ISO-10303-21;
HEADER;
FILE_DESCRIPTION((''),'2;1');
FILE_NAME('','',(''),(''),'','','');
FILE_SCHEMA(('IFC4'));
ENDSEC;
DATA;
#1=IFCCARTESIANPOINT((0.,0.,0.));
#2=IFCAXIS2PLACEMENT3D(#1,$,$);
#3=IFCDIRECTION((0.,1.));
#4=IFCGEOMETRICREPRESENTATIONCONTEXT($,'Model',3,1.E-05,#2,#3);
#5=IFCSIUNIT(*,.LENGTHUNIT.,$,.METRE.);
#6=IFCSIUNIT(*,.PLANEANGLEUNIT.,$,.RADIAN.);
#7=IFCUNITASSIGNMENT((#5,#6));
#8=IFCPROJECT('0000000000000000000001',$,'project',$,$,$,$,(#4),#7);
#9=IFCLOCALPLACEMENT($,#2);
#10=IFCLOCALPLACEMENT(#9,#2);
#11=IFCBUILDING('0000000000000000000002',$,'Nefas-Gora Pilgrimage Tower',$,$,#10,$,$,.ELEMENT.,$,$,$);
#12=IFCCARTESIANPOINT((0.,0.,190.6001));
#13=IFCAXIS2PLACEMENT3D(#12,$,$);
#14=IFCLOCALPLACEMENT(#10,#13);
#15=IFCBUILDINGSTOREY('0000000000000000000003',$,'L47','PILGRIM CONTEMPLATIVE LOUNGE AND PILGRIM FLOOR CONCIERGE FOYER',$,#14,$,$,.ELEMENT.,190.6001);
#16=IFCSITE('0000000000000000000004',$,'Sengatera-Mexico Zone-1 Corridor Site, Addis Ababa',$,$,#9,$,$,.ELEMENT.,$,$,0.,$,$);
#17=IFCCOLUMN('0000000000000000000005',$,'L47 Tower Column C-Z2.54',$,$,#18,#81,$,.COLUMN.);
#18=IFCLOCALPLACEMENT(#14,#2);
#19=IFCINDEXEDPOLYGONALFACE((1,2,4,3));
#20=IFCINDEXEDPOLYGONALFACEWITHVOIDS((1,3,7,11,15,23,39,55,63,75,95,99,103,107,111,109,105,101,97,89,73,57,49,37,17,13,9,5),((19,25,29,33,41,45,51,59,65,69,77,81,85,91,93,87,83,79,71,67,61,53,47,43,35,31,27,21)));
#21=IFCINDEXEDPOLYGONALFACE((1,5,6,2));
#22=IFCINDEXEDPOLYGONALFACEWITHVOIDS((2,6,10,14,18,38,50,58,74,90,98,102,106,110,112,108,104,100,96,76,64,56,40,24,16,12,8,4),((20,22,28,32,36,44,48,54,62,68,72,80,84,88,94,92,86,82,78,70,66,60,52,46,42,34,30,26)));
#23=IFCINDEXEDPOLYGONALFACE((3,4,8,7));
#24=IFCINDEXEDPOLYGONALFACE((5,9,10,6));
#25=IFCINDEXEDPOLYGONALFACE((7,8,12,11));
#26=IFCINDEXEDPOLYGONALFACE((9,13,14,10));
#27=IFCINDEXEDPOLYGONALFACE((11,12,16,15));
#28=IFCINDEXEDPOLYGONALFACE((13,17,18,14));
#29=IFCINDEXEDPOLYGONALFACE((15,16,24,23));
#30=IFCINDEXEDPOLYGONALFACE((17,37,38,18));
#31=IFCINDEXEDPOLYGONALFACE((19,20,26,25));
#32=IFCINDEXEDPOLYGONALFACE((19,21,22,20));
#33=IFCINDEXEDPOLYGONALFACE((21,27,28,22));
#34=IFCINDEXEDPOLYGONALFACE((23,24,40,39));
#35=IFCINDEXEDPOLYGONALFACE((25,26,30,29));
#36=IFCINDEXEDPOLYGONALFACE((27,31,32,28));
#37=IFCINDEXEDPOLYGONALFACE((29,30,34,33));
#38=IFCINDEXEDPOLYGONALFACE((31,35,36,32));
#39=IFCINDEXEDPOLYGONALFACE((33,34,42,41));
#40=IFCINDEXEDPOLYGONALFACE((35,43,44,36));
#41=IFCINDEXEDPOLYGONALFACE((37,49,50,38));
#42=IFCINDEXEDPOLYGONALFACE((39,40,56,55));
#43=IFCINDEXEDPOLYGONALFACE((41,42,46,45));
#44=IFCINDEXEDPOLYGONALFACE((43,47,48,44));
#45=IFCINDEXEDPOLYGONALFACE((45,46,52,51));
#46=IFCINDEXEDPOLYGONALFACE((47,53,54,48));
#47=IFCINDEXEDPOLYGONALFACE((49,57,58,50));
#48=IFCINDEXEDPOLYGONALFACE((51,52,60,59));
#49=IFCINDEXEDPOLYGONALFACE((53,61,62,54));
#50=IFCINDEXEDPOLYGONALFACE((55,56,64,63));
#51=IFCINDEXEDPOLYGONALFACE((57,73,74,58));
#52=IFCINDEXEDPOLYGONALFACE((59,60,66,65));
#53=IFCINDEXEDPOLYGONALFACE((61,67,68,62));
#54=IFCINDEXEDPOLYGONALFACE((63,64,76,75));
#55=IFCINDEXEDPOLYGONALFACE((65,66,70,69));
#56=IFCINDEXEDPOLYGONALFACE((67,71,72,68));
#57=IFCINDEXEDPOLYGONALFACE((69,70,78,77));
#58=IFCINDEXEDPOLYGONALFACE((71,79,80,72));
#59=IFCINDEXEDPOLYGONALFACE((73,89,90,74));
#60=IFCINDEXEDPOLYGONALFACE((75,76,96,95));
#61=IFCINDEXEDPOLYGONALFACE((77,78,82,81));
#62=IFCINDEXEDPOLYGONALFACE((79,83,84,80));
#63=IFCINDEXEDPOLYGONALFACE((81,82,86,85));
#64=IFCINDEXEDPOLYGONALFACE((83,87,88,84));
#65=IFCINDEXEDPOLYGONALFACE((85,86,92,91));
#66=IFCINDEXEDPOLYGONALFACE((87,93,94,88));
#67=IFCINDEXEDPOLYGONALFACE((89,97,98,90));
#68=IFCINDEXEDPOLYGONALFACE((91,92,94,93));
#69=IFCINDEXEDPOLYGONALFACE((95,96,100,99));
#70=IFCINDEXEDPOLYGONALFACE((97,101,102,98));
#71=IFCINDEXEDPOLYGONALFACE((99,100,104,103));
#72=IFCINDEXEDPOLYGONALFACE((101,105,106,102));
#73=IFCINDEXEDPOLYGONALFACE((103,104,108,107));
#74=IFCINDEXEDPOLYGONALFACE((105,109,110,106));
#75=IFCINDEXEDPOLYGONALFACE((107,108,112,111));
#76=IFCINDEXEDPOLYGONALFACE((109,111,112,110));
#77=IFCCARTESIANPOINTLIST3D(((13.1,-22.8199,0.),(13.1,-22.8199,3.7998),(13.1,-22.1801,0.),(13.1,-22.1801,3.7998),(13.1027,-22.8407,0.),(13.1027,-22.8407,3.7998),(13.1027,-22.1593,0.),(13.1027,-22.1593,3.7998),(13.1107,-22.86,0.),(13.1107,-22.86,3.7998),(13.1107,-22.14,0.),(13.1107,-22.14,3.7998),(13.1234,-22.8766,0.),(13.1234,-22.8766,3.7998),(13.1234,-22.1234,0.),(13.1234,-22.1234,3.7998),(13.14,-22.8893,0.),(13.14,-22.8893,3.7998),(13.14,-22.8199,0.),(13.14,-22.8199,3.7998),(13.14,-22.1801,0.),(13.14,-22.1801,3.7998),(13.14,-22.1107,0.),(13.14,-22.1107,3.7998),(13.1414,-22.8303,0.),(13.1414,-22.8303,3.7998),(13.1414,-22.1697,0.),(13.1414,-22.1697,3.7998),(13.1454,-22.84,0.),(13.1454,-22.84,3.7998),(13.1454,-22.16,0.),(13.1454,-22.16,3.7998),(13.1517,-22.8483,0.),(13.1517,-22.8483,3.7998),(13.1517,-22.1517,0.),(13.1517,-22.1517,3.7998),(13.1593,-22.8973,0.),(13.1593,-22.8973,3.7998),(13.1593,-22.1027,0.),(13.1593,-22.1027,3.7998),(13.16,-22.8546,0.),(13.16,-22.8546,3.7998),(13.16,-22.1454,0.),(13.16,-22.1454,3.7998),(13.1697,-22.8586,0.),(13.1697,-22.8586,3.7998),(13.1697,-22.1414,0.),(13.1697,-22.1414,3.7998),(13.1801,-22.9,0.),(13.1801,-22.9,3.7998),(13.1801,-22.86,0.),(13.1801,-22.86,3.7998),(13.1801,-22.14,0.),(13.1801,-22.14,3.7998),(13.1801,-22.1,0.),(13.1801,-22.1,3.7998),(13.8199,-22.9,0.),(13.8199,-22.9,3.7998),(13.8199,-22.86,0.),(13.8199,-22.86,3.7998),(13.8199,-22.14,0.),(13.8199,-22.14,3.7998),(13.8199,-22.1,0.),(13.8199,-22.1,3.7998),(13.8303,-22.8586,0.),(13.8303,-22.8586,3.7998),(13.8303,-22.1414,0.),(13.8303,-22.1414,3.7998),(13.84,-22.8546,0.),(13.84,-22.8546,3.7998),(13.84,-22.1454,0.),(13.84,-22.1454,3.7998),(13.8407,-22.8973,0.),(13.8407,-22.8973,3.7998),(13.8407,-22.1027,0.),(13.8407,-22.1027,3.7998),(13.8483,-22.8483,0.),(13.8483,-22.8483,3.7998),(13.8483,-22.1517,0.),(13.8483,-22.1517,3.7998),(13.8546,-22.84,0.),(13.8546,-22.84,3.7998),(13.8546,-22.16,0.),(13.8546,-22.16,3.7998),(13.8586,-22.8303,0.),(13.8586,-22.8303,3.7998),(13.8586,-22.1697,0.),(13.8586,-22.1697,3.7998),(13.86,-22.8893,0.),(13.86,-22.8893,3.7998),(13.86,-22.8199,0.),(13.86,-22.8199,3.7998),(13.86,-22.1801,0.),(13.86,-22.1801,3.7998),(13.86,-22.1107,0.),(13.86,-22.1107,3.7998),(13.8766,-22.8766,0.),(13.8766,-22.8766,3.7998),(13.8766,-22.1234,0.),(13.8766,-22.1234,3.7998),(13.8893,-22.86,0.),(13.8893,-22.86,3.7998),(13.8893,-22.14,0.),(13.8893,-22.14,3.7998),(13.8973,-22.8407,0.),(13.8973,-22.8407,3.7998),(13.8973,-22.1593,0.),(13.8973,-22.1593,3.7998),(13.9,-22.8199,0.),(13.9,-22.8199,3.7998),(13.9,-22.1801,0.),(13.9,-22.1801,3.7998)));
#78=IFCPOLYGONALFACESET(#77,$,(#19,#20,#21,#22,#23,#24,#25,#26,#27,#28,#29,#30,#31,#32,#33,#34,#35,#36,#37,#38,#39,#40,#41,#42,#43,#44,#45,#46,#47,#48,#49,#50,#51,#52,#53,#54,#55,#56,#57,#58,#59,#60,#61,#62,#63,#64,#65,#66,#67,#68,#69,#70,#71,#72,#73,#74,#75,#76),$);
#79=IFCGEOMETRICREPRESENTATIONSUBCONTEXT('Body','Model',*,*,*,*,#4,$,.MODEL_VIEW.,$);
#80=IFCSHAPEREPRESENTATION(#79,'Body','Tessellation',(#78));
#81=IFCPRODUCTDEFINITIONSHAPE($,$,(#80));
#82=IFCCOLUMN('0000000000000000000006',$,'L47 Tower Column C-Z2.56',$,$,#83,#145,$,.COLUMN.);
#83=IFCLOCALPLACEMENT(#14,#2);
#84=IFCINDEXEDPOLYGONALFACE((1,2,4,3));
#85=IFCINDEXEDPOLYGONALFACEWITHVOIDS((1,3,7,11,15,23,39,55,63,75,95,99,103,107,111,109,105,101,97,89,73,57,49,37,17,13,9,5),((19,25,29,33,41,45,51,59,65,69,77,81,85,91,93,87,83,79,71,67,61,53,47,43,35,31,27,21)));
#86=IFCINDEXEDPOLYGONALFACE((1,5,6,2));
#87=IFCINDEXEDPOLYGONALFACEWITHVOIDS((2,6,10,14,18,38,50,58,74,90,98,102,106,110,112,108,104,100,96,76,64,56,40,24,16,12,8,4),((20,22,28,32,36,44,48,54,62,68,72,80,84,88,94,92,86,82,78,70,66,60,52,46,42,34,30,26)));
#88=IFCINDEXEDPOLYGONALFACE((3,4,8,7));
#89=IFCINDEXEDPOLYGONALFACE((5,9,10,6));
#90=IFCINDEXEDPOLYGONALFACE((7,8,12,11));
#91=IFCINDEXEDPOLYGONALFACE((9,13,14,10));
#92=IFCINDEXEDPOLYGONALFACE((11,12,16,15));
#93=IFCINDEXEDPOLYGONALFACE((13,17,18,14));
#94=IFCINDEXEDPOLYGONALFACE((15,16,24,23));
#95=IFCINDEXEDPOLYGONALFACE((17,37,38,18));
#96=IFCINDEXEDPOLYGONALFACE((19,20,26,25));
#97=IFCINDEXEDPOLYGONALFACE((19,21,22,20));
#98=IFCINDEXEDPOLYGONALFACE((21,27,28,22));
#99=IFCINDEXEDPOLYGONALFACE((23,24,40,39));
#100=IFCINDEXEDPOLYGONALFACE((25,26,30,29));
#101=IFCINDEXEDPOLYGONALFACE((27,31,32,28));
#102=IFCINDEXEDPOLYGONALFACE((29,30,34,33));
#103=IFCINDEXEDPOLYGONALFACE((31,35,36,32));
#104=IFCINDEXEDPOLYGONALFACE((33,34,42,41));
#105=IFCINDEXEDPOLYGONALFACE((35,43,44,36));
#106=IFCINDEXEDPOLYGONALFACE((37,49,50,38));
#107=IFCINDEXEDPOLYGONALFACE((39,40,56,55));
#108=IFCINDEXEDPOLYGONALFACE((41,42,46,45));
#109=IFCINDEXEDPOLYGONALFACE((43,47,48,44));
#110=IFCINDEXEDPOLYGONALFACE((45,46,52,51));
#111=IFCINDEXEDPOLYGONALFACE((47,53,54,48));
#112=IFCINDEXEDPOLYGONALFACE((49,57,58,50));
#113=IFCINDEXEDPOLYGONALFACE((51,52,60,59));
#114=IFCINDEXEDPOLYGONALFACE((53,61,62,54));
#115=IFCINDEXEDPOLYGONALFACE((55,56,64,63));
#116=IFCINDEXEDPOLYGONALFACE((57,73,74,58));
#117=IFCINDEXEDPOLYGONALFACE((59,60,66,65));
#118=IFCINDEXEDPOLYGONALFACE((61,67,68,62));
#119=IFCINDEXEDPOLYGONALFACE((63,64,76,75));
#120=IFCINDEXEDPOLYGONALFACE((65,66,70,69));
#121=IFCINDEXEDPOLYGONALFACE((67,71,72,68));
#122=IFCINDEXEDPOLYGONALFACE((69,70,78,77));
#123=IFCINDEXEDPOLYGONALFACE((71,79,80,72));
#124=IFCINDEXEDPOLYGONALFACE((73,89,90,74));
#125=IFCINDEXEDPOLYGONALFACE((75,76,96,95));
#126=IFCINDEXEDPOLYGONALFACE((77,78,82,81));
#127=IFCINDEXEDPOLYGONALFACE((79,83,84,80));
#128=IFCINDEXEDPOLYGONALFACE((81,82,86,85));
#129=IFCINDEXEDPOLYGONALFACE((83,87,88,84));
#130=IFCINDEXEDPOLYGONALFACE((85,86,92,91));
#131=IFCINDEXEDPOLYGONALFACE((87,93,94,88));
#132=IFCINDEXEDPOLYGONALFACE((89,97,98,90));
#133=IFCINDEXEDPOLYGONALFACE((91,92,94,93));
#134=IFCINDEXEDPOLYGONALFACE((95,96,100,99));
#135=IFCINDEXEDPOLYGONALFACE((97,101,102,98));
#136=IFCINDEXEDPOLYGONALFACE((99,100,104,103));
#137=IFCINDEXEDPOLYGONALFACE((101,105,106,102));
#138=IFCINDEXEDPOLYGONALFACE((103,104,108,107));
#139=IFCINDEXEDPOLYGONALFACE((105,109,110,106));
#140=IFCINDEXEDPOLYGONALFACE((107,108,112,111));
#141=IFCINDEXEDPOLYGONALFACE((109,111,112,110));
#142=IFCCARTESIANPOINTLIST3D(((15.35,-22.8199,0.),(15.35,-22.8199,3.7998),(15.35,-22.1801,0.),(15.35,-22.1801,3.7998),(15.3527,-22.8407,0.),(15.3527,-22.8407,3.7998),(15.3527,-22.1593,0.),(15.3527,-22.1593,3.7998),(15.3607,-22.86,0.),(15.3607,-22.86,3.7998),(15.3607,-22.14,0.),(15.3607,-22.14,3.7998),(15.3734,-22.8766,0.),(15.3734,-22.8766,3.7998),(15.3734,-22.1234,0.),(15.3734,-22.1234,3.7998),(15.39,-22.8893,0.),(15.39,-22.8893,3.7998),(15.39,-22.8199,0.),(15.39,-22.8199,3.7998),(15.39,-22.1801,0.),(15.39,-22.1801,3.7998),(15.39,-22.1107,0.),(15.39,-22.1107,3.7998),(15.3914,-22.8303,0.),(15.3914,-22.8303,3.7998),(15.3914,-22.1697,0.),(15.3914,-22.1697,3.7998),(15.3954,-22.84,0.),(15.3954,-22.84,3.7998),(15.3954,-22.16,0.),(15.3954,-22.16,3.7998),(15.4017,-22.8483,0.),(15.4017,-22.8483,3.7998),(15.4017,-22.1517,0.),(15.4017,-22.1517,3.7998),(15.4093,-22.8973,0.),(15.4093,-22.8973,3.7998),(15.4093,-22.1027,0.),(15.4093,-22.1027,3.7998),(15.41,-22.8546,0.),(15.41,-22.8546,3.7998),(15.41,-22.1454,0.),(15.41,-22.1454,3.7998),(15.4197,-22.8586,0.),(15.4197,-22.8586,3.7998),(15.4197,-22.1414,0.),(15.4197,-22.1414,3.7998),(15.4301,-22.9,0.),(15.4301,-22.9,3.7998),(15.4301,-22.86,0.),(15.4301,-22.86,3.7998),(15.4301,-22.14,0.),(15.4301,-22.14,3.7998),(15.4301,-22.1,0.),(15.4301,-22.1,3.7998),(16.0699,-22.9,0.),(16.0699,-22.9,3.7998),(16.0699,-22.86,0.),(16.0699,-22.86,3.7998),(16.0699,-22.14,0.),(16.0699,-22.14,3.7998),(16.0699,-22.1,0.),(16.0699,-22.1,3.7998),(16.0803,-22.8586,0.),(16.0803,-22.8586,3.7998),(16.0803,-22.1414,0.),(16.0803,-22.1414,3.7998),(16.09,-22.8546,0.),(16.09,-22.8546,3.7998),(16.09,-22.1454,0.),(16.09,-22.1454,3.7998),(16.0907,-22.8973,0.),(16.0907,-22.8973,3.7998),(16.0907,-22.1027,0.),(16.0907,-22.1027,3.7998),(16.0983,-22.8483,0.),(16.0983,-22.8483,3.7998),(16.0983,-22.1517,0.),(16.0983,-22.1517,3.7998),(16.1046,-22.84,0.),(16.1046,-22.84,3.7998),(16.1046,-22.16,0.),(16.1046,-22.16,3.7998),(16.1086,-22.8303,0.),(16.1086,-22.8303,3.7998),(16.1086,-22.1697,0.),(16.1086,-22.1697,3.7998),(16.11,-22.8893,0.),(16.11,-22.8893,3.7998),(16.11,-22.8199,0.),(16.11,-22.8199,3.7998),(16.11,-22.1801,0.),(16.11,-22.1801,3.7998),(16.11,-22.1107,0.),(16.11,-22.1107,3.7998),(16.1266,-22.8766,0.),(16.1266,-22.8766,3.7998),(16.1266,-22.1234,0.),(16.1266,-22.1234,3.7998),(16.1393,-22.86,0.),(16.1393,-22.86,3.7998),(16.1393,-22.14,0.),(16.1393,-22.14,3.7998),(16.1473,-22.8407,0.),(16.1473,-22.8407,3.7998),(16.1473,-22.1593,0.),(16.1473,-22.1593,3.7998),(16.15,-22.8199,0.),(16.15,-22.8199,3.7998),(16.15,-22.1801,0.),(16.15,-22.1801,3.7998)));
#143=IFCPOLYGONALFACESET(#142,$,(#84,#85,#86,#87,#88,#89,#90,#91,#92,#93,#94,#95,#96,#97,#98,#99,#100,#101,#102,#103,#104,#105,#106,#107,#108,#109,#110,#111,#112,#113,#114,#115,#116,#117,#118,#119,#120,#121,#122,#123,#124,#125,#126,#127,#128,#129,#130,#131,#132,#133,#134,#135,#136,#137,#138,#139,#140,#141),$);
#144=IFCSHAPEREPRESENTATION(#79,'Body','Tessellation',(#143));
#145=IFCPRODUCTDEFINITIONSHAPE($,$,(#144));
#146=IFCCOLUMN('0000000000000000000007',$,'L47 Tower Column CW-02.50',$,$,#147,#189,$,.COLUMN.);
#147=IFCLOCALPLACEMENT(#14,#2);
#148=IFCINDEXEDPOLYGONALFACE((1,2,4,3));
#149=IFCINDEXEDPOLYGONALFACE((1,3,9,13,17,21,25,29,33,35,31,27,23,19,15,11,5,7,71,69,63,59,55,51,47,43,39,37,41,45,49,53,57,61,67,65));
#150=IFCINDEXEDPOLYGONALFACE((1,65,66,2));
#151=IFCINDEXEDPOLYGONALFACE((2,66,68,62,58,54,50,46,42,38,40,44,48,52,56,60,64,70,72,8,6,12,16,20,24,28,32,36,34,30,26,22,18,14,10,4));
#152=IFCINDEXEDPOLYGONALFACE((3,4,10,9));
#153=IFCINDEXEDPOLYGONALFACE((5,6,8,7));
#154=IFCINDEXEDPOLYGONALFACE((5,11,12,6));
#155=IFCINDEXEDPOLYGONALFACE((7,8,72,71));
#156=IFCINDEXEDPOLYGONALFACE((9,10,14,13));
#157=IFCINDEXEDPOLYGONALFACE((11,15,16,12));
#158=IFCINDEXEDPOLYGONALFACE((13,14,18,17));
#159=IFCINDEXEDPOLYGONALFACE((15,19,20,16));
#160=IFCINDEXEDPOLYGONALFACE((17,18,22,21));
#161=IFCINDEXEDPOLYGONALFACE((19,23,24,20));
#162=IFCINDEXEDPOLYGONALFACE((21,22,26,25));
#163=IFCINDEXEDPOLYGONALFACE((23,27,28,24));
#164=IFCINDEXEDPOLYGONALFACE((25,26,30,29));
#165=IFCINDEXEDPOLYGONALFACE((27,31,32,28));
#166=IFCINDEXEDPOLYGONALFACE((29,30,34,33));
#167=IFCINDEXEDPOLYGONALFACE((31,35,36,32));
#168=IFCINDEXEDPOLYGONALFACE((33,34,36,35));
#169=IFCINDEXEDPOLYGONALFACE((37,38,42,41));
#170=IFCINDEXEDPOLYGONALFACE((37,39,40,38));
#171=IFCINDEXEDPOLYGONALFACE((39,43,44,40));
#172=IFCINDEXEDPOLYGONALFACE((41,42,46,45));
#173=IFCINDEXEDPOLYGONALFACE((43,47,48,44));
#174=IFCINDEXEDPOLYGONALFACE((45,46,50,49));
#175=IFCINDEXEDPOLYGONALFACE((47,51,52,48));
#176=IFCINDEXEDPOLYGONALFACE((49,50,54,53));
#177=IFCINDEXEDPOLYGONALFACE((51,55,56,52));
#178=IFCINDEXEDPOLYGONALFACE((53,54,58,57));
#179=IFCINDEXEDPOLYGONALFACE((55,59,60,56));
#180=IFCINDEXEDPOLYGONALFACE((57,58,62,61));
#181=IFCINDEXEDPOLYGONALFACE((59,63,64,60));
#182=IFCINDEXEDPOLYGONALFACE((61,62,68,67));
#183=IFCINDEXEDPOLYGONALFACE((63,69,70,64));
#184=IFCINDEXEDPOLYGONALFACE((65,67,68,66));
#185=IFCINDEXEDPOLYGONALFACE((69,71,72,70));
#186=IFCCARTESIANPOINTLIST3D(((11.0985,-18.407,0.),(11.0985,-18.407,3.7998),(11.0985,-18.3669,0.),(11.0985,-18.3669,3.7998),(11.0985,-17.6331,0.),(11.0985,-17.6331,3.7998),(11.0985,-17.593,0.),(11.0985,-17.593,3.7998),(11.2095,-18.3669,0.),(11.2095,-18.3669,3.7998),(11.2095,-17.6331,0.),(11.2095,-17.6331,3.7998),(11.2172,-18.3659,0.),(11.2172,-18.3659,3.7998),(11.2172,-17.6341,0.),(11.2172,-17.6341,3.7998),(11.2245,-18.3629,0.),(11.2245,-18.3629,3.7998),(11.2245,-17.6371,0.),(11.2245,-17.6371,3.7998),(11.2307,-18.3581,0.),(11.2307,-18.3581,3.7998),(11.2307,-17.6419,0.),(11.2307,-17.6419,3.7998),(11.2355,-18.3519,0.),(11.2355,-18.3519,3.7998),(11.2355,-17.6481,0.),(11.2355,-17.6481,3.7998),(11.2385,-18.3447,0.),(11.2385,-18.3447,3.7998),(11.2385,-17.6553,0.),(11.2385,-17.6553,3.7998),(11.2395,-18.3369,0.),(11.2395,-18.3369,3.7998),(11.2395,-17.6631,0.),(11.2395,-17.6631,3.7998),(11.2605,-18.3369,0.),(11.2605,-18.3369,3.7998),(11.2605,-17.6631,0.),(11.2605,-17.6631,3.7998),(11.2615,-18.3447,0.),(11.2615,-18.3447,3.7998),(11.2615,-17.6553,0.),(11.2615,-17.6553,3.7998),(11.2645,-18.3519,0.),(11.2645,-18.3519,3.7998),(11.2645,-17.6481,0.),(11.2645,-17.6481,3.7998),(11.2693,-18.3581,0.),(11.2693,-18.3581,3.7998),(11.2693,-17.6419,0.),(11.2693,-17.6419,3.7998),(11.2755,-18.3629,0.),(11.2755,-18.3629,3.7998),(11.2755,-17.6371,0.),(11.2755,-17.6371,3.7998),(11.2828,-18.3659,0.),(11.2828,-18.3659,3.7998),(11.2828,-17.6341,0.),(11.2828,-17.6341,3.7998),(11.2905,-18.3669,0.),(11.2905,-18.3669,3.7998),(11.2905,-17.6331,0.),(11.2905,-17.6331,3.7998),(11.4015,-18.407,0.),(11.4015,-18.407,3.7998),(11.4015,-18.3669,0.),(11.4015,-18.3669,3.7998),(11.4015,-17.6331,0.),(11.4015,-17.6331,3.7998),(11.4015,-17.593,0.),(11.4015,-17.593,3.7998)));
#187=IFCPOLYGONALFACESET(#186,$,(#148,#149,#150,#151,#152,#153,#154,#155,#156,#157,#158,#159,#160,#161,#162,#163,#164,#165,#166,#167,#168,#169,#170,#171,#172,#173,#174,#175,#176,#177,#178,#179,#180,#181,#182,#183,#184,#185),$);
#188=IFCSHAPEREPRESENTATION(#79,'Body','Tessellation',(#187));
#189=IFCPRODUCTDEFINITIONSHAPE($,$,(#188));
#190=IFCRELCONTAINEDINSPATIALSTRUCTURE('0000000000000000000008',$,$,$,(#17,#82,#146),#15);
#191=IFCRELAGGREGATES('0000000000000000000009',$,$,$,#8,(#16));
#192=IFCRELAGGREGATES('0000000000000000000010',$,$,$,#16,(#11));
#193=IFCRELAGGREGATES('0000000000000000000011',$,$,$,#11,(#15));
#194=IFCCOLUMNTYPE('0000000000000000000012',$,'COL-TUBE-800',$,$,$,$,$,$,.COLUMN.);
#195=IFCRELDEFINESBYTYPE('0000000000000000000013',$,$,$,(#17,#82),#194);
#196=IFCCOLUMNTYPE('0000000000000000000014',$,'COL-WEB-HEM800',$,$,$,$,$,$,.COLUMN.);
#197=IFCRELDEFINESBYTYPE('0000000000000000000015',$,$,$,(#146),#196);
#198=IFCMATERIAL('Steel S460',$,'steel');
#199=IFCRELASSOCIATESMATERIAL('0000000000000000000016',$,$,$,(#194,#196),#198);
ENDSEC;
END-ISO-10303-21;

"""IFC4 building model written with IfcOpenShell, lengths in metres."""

from ifc_helpers import new_model, si_unit, direction, frame, origin, origin_2d, place, context, subcontext, project, spatial, hollow_rectangle, i_section, extrude, source, transform, mapped, material, material_profile, profile_set, type_object, element, save


model = new_model("IFC4")

# Units and contexts
model_context = context("Model", 3, precision=1e-05, world=origin(), true_north=direction((0.0, 1.0)))
body_context = subcontext(model_context, "Body", "Model", "MODEL_VIEW")
ifc_project = project(units=[si_unit("LENGTHUNIT", "METRE"), si_unit("PLANEANGLEUNIT", "RADIAN")], contexts=[model_context])

# Site, building, storey
site_placement = place(None, origin())
site = spatial("IfcSite", under=ifc_project, at=site_placement, Name="Sengatera-Mexico Zone-1 Corridor Site, Addis Ababa", CompositionType="ELEMENT", RefElevation=0.0)
building_placement = place(site_placement, origin())
building = spatial("IfcBuilding", under=site, at=building_placement, Name="Nefas-Gora Pilgrimage Tower", CompositionType="ELEMENT")
storey_placement = place(building_placement, frame((0.0, 0.0, 190.6001)))
storey = spatial("IfcBuildingStorey", under=building, at=storey_placement, Name="L47", Description="PILGRIM CONTEMPLATIVE LOUNGE AND PILGRIM FLOOR CONCIERGE FOYER", CompositionType="ELEMENT", Elevation=190.6001)

# Columns
ifc_material_1 = material(Name="Steel S460", Category="steel")
ifc_material_profile_1 = material_profile(ifc_material_1, hollow_rectangle(XDim=0.8, YDim=0.8, WallThickness=0.04, InnerFilletRadius=0.04, OuterFilletRadius=0.0801, at=origin_2d()), Name="BOX 800x800x40")
ifc_profile_set_1 = profile_set([ifc_material_profile_1], Name="Steel S460")
column_type_1 = type_object("IfcColumnType", Name="COL-TUBE-800", PredefinedType="COLUMN", material=ifc_profile_set_1)
shared_shape_1 = source(origin(), body_context, "Body", "SweptSolid", [
    extrude(hollow_rectangle(XDim=0.8, YDim=0.8, WallThickness=0.04, InnerFilletRadius=0.04, OuterFilletRadius=0.0801, at=origin_2d()), origin(), (0.0, 0.0, 1.0), 3.7998),
])
for number, where, z_axis, x_axis, name in (
    (1, (13.5, -22.5, 0.0), (0.0, 0.0, 1.0), (1.0, 0.0, 0.0), "L47 Tower Column C-Z2.54"),
    (2, (15.75, -22.5, 0.0), (0.0, 0.0, 1.0), (1.0, 0.0, 0.0), "L47 Tower Column C-Z2.56"),
):
    element("IfcColumn", number, at=place(storey_placement, frame(where, z_axis=z_axis, x_axis=x_axis)), inside=storey, type_object=column_type_1, Name=name, PredefinedType="COLUMN", context=body_context, shape_type="MappedRepresentation", body=[
        mapped(shared_shape_1, transform((0.0, 0.0, 0.0), x_axis=(1.0, 0.0, 0.0), y_axis=(0.0, 1.0, 0.0), z_axis=(0.0, 0.0, 1.0), scale=1.0)),
    ])
ifc_material_profile_2 = material_profile(ifc_material_1, i_section(OverallWidth=0.303, OverallDepth=0.814, WebThickness=0.021, FlangeThickness=0.04, FilletRadius=0.03, at=origin_2d()), Name="HEM 800")
ifc_profile_set_2 = profile_set([ifc_material_profile_2], Name="Steel S460")
column_type_2 = type_object("IfcColumnType", Name="COL-WEB-HEM800", PredefinedType="COLUMN", material=ifc_profile_set_2)
shared_shape_2 = source(origin(), body_context, "Body", "SweptSolid", [
    extrude(i_section(OverallWidth=0.303, OverallDepth=0.814, WebThickness=0.021, FlangeThickness=0.04, FilletRadius=0.03, at=origin_2d()), origin(), (0.0, 0.0, 1.0), 3.7998),
])
for number, where, z_axis, x_axis, name in (
    (3, (11.25, -18.0, 0.0), (0.0, 0.0, 1.0), (1.0, 0.0, 0.0), "L47 Tower Column CW-02.50"),
):
    element("IfcColumn", number, at=place(storey_placement, frame(where, z_axis=z_axis, x_axis=x_axis)), inside=storey, type_object=column_type_2, Name=name, PredefinedType="COLUMN", context=body_context, shape_type="MappedRepresentation", body=[
        mapped(shared_shape_2, transform((0.0, 0.0, 0.0), x_axis=(1.0, 0.0, 0.0), y_axis=(0.0, 1.0, 0.0), z_axis=(0.0, 0.0, 1.0), scale=1.0)),
    ])

save(model, "model.ifc")
